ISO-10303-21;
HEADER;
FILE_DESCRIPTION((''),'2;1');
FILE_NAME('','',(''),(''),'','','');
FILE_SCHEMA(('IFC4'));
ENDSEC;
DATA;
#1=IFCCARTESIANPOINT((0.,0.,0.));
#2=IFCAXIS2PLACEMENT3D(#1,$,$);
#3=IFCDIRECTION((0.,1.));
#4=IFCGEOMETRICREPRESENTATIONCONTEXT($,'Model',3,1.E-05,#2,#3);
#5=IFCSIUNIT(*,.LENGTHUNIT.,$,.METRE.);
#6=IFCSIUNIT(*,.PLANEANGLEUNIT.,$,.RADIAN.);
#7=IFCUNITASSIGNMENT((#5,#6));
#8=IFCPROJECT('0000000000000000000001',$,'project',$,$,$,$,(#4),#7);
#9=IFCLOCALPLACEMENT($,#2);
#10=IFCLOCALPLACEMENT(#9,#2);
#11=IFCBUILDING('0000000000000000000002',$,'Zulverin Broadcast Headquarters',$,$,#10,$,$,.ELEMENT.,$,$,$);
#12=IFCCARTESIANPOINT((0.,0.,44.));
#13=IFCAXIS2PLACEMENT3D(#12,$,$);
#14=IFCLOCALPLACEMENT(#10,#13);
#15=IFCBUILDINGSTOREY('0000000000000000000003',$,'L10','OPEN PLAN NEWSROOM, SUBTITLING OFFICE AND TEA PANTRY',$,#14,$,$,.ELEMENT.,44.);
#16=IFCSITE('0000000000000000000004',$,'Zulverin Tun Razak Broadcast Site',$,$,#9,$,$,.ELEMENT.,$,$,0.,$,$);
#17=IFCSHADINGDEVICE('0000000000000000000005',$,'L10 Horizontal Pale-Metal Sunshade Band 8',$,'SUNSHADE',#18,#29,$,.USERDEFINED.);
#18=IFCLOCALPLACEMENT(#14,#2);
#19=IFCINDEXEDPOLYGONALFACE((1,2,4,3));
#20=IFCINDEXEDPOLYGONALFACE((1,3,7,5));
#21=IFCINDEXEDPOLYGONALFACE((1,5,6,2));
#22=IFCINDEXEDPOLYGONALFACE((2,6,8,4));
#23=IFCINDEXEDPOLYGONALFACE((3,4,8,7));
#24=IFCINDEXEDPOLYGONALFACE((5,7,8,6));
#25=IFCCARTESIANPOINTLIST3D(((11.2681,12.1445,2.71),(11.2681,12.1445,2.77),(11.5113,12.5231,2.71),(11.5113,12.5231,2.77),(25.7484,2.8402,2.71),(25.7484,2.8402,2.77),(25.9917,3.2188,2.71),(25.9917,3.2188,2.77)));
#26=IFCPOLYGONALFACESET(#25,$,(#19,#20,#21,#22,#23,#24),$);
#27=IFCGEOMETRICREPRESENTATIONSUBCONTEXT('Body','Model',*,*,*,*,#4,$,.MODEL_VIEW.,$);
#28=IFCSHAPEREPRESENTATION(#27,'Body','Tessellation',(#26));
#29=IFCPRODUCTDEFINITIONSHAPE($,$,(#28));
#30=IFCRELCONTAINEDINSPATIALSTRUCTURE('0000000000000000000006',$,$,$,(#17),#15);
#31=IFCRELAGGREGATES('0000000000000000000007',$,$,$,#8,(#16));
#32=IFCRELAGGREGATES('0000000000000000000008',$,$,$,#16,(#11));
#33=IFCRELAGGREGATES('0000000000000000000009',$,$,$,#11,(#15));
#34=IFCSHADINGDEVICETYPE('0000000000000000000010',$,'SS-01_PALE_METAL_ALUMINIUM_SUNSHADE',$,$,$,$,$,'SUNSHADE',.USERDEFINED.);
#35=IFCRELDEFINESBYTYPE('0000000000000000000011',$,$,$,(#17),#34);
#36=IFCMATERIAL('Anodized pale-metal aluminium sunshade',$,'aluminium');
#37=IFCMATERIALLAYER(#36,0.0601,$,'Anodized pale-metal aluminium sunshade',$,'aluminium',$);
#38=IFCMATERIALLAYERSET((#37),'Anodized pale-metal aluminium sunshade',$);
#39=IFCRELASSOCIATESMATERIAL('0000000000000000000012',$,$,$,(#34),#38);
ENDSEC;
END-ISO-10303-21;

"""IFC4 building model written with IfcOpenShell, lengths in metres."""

from ifc_helpers import new_model, si_unit, direction, frame, origin, origin_2d, place, context, subcontext, project, spatial, rectangle, extrude, material, layer, layer_set, type_object, element, save


model = new_model("IFC4")

# Units and contexts
model_context = context("Model", 3, precision=1e-05, world=origin(), true_north=direction((0.0, 1.0)))
body_context = subcontext(model_context, "Body", "Model", "MODEL_VIEW")
ifc_project = project(units=[si_unit("LENGTHUNIT", "METRE"), si_unit("PLANEANGLEUNIT", "RADIAN")], contexts=[model_context])

# Site, building, storey
site_placement = place(None, origin())
site = spatial("IfcSite", under=ifc_project, at=site_placement, Name="Zulverin Tun Razak Broadcast Site", CompositionType="ELEMENT", RefElevation=0.0)
building_placement = place(site_placement, origin())
building = spatial("IfcBuilding", under=site, at=building_placement, Name="Zulverin Broadcast Headquarters", CompositionType="ELEMENT")
storey_placement = place(building_placement, frame((0.0, 0.0, 44.0)))
storey = spatial("IfcBuildingStorey", under=building, at=storey_placement, Name="L10", Description="OPEN PLAN NEWSROOM, SUBTITLING OFFICE AND TEA PANTRY", CompositionType="ELEMENT", Elevation=44.0)

# Shading device
ifc_material_1 = material(Name="Anodized pale-metal aluminium sunshade", Category="aluminium")
ifc_layer_1 = layer(ifc_material_1, 0.0601, Name="Anodized pale-metal aluminium sunshade", Category="aluminium")
ifc_layer_set_1 = layer_set([ifc_layer_1], Name="Anodized pale-metal aluminium sunshade")
shading_device_type_1 = type_object("IfcShadingDeviceType", Name="SS-01_PALE_METAL_ALUMINIUM_SUNSHADE", ElementType="SUNSHADE", PredefinedType="USERDEFINED", material=ifc_layer_set_1)
shading_device_1_placement = place(storey_placement, frame((18.6299, 7.6816, 2.71), z_axis=(0.0, 0.0, 1.0), x_axis=(0.841297, -0.540574, 0.0)))
element("IfcShadingDevice", 1, at=shading_device_1_placement, inside=storey, type_object=shading_device_type_1, Name="L10 Horizontal Pale-Metal Sunshade Band 8", ObjectType="SUNSHADE", PredefinedType="USERDEFINED", context=body_context, shape_type="SweptSolid", body=[
    extrude(rectangle(XDim=17.2119, YDim=0.45, at=origin_2d()), origin(), (0.0, 0.0, 1.0), 0.0601),
])

save(model, "model.ifc")
